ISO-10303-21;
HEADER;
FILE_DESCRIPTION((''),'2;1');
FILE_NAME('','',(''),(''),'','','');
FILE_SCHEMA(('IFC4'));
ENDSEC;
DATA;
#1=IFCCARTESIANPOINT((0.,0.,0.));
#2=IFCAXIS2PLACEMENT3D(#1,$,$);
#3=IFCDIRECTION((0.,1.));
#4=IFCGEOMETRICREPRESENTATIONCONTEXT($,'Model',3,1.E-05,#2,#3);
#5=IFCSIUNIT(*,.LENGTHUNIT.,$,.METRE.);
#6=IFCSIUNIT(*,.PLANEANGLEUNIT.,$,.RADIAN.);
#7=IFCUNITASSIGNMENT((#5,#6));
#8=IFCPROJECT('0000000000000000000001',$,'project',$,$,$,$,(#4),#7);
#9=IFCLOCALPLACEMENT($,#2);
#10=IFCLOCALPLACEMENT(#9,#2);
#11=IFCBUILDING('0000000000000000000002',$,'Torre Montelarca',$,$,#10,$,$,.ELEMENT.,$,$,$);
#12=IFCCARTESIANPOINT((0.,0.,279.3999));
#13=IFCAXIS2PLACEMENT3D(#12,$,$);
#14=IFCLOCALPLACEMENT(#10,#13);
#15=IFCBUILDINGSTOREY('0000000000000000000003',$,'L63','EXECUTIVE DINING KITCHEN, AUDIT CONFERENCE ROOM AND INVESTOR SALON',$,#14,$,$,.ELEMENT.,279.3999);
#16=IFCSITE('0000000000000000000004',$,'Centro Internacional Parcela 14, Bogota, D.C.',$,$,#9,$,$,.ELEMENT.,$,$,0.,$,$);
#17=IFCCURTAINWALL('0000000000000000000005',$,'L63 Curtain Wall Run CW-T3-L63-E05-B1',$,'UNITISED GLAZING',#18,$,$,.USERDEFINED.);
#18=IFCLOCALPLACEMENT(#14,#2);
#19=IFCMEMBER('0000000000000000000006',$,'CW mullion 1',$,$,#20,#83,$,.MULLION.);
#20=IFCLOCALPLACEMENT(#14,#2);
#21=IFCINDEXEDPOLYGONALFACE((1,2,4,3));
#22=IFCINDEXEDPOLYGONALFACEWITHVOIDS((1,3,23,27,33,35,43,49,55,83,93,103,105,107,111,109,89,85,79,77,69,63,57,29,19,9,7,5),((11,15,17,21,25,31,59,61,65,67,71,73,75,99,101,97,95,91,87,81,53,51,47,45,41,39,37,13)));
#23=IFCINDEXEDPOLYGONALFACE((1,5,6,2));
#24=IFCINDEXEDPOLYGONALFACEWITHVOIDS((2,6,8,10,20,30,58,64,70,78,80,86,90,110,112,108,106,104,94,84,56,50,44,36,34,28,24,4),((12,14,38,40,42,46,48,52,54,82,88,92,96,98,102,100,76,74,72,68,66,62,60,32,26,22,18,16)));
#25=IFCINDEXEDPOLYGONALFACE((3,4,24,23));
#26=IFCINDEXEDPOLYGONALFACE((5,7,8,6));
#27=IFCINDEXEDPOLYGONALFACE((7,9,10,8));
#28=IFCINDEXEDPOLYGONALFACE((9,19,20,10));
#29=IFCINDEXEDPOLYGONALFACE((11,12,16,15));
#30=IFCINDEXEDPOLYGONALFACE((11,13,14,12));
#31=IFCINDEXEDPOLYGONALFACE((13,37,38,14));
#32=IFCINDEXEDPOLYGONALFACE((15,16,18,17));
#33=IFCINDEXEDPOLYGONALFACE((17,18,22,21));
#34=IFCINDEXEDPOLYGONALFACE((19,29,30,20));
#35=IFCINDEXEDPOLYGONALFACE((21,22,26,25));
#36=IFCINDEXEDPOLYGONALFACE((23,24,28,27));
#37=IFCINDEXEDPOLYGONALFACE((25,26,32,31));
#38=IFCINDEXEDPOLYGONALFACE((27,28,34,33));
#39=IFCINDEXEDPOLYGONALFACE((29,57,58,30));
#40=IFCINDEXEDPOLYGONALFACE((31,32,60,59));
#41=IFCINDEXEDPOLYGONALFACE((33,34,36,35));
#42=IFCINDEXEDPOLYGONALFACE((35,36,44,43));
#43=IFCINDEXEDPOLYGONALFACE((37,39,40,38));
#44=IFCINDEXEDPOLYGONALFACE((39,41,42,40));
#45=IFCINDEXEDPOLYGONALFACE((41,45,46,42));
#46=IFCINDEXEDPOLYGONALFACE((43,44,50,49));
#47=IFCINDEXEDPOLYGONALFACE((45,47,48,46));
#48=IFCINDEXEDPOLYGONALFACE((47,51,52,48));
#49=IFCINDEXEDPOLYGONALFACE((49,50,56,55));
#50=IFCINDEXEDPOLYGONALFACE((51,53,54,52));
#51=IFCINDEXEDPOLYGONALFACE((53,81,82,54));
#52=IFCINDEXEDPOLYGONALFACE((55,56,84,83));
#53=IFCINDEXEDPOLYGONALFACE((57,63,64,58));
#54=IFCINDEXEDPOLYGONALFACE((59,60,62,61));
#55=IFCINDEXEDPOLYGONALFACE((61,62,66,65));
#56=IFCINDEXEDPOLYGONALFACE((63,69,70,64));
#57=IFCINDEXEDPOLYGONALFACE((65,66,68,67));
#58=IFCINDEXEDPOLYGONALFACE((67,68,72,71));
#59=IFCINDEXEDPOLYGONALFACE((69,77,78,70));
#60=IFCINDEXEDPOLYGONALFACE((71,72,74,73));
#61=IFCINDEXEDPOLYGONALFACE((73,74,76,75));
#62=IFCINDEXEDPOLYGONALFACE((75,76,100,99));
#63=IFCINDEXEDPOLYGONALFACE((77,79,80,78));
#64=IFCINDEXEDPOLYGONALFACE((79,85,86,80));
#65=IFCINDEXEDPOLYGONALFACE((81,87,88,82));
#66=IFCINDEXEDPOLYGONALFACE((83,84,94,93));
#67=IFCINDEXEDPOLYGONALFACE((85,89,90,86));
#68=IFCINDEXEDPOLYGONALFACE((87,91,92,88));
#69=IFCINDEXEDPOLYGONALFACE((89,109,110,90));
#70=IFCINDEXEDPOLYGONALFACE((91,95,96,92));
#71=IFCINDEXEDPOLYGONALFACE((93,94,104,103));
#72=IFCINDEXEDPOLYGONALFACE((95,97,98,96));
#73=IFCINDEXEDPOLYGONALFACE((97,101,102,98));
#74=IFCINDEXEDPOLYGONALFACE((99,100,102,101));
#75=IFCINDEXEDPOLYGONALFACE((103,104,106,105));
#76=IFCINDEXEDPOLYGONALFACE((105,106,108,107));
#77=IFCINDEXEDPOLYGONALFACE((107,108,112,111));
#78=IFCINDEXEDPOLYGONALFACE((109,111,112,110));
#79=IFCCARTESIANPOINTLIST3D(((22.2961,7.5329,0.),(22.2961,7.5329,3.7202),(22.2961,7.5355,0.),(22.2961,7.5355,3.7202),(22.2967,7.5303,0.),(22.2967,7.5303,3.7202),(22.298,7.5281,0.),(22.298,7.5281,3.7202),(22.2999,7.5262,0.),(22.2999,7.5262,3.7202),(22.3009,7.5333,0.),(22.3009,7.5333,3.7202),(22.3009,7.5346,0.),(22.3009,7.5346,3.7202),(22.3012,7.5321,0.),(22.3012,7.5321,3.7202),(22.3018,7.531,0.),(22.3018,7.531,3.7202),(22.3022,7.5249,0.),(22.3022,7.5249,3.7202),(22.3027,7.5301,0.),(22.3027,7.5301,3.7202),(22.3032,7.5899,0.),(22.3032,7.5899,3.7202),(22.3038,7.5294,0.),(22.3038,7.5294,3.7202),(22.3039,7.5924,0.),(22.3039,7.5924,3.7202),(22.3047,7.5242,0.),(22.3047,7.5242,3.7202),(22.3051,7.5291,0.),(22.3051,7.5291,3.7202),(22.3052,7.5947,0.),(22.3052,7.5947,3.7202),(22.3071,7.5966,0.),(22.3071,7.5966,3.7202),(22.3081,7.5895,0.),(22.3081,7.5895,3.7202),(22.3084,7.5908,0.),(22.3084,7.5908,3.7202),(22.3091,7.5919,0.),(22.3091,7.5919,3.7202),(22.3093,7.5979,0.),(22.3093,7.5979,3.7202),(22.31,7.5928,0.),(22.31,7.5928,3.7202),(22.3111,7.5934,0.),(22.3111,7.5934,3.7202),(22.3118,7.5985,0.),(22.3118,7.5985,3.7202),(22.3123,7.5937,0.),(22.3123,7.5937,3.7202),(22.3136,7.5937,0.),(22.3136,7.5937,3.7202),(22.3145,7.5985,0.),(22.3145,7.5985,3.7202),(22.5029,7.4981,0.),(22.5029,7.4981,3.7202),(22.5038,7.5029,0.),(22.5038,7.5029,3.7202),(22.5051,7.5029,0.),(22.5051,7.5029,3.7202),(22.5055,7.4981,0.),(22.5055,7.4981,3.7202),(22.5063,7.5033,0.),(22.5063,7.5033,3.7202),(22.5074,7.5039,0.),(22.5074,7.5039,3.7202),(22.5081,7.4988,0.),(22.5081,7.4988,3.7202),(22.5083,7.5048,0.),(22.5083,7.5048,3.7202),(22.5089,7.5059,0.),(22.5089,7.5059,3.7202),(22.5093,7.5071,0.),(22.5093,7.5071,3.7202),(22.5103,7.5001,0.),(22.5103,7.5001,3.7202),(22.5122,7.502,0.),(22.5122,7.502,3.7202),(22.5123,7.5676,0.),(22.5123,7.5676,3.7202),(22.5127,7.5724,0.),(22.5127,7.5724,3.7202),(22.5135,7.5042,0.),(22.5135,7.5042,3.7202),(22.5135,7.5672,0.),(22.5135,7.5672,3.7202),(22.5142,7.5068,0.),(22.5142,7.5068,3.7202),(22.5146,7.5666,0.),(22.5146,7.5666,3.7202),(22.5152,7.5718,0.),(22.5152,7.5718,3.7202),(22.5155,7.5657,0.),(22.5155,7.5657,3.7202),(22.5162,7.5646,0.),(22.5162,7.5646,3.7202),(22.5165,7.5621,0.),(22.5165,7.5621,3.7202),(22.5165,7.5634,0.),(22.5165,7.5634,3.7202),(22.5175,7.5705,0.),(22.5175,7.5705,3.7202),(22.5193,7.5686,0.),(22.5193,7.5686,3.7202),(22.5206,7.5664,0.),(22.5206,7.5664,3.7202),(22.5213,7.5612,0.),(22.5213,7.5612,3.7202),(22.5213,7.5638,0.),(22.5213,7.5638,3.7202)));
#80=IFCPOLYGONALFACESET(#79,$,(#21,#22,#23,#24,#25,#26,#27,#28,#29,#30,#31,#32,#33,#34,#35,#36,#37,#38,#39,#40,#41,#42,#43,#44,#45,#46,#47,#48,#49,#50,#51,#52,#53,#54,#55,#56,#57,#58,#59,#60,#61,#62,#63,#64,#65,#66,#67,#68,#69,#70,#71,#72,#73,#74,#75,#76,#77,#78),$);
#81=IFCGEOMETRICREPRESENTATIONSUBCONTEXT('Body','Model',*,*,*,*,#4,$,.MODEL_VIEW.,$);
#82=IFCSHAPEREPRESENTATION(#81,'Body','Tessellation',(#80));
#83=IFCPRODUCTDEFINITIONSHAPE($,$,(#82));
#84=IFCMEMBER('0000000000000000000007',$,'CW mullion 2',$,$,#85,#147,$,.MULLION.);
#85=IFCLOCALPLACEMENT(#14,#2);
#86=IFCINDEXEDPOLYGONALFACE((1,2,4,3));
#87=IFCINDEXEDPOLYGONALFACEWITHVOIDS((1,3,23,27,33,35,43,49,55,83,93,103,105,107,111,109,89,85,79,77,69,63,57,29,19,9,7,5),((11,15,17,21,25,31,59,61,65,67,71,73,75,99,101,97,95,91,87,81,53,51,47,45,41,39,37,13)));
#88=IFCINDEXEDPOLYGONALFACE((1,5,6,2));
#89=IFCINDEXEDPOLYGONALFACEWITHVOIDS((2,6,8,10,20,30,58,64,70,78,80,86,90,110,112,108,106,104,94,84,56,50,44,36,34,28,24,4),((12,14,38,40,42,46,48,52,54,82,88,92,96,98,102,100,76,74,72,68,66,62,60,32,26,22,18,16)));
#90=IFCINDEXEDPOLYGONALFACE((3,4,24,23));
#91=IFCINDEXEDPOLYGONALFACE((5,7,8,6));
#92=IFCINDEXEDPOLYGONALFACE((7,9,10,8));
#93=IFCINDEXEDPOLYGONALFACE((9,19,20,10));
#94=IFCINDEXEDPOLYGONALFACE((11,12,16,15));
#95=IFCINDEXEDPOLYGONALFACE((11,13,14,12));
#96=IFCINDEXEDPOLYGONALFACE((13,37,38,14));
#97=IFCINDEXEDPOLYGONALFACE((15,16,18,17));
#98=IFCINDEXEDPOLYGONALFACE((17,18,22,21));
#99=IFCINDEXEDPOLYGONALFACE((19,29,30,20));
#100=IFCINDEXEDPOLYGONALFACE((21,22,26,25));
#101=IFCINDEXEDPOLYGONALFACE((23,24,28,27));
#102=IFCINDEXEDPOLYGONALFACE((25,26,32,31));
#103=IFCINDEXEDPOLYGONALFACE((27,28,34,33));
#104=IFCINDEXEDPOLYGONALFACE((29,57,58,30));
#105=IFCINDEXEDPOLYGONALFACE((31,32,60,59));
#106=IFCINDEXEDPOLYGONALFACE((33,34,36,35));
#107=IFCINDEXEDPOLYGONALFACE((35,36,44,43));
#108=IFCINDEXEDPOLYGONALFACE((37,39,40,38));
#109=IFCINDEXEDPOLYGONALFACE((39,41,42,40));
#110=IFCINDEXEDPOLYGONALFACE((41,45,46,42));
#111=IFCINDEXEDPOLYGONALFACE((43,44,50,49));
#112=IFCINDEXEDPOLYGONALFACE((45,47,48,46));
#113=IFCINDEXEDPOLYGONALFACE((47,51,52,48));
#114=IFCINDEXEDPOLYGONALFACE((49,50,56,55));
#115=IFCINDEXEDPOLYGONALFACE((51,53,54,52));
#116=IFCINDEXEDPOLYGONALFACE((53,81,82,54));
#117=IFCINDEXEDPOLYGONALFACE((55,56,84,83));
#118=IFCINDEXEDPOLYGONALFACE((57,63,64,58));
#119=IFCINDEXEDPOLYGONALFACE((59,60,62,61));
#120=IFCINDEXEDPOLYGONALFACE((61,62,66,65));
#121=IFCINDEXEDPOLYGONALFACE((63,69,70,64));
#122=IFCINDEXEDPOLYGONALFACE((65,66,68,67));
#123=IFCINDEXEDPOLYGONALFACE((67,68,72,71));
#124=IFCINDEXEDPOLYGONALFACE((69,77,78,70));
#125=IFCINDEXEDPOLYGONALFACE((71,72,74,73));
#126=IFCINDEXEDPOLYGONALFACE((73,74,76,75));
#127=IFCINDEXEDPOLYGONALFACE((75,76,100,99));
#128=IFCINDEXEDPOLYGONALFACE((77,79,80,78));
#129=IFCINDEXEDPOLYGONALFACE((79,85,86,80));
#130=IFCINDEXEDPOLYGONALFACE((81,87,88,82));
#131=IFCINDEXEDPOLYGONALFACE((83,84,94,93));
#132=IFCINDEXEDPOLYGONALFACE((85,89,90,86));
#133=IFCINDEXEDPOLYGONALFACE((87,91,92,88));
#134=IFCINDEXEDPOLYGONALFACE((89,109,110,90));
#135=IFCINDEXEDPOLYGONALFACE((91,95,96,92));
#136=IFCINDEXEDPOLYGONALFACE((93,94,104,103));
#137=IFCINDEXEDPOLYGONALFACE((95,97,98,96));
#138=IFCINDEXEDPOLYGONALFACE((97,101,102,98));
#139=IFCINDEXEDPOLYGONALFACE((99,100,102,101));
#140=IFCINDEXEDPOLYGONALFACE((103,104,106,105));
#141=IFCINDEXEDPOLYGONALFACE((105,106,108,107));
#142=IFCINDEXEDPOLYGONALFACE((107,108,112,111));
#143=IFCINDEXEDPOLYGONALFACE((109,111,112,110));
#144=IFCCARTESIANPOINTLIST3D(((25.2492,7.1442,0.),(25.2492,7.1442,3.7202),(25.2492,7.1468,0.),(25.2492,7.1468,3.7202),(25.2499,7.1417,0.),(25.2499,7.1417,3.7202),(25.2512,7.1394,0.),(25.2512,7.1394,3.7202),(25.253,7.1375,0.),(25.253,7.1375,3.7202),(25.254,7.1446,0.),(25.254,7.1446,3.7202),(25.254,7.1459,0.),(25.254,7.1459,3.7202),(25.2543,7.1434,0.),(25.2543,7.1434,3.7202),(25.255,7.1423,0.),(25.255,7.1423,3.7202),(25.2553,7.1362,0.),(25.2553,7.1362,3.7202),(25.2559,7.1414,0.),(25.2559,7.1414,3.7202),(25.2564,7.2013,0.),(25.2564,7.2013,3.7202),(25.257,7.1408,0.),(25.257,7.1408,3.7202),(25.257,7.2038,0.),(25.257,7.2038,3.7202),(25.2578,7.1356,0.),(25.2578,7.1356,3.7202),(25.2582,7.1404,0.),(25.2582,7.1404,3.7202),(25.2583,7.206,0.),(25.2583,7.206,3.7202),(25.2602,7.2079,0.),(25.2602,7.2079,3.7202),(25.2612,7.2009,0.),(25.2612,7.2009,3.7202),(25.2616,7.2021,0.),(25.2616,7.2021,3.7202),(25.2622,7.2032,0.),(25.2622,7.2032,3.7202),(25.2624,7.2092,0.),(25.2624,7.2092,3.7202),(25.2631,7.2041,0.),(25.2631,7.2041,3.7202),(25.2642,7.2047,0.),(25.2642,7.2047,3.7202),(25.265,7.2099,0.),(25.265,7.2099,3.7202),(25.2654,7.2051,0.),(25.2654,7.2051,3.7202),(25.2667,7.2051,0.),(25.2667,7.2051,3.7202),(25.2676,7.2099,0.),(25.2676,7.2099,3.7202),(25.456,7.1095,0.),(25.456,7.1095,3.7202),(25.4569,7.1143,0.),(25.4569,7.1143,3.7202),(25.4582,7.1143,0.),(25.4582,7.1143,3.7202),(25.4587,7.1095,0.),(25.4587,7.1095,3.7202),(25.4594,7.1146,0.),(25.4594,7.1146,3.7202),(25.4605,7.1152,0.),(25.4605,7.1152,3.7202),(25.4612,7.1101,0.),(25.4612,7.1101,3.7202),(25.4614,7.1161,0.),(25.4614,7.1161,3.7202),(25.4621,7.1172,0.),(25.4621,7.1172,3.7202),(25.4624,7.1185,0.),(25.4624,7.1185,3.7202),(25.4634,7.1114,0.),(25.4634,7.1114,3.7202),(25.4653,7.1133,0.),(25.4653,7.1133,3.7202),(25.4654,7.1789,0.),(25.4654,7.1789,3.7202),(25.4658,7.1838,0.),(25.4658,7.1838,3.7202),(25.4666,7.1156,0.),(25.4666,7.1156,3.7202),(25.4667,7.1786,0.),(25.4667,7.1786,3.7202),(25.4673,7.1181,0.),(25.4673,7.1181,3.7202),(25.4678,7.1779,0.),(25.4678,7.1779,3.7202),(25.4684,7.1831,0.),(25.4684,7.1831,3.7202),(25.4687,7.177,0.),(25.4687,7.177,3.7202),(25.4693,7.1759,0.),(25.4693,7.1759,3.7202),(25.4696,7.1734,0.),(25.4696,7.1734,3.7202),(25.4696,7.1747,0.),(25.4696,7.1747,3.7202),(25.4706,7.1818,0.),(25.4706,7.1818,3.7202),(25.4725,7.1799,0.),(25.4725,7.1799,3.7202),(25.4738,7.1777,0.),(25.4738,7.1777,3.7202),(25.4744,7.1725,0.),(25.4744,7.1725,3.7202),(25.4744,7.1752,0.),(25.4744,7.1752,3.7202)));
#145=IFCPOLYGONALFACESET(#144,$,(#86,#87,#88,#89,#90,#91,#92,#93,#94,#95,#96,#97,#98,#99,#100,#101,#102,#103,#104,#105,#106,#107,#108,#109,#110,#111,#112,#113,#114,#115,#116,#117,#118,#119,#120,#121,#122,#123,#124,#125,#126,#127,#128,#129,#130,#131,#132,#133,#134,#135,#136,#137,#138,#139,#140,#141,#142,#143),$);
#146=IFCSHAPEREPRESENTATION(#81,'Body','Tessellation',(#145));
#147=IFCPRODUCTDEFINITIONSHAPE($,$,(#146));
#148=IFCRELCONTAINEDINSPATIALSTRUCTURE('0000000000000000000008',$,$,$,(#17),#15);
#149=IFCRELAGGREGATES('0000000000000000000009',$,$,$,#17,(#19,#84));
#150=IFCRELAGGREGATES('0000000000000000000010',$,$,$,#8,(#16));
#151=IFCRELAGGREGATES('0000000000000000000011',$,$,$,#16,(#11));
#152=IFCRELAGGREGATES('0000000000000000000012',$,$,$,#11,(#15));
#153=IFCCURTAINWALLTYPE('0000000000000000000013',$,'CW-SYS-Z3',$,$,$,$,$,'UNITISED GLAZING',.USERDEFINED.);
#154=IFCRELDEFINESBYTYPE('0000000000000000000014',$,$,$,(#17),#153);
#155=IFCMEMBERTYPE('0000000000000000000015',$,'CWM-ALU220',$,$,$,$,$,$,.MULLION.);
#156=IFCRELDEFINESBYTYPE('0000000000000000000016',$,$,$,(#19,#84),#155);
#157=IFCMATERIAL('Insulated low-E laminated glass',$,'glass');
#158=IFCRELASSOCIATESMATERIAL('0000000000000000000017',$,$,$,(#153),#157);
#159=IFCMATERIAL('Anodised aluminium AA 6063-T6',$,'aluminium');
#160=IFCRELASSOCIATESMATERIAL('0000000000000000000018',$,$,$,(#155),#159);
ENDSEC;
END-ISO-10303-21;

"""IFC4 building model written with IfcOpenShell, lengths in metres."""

from ifc_helpers import new_model, si_unit, direction, frame, origin, origin_2d, place, context, subcontext, project, spatial, hollow_rectangle, extrude, source, transform, mapped, material, material_profile, profile_set, type_object, element, aggregate, save


model = new_model("IFC4")

# Units and contexts
model_context = context("Model", 3, precision=1e-05, world=origin(), true_north=direction((0.0, 1.0)))
body_context = subcontext(model_context, "Body", "Model", "MODEL_VIEW")
ifc_project = project(units=[si_unit("LENGTHUNIT", "METRE"), si_unit("PLANEANGLEUNIT", "RADIAN")], contexts=[model_context])

# Site, building, storey
site_placement = place(None, origin())
site = spatial("IfcSite", under=ifc_project, at=site_placement, Name="Centro Internacional Parcela 14, Bogota, D.C.", CompositionType="ELEMENT", RefElevation=0.0)
building_placement = place(site_placement, origin())
building = spatial("IfcBuilding", under=site, at=building_placement, Name="Torre Montelarca", CompositionType="ELEMENT")
storey_placement = place(building_placement, frame((0.0, 0.0, 279.3999)))
storey = spatial("IfcBuildingStorey", under=building, at=storey_placement, Name="L63", Description="EXECUTIVE DINING KITCHEN, AUDIT CONFERENCE ROOM AND INVESTOR SALON", CompositionType="ELEMENT", Elevation=279.3999)

# Shared definitions
ifc_material_1 = material(Name="Insulated low-E laminated glass", Category="glass")
curtain_wall_type = type_object("IfcCurtainWallType", Name="CW-SYS-Z3", ElementType="UNITISED GLAZING", PredefinedType="USERDEFINED", material=ifc_material_1)
ifc_material_2 = material(Name="Anodised aluminium AA 6063-T6", Category="aluminium")
ifc_material_profile_1 = material_profile(ifc_material_2, hollow_rectangle(XDim=0.075, YDim=0.22, WallThickness=0.0049, InnerFilletRadius=0.0049, OuterFilletRadius=0.01, at=origin_2d()), Name="ALU75X220X5", Category="aluminium")
ifc_profile_set_1 = profile_set([ifc_material_profile_1], Name="Anodised aluminium AA 6063-T6")
member_type_1 = type_object("IfcMemberType", Name="CWM-ALU220", PredefinedType="MULLION", material=ifc_profile_set_1)
shared_shape_1 = source(origin(), body_context, "Body", "SweptSolid", [
    extrude(hollow_rectangle(XDim=0.075, YDim=0.22, WallThickness=0.0049, InnerFilletRadius=0.0049, OuterFilletRadius=0.01, at=origin_2d()), origin(), (0.0, 0.0, 1.0), 3.7202),
])

# Curtain wall, members
curtain_wall_1_placement = place(storey_placement, origin())
curtain_wall_1 = element("IfcCurtainWall", 1, at=curtain_wall_1_placement, inside=storey, type_object=curtain_wall_type, Name="L63 Curtain Wall Run CW-T3-L63-E05-B1", ObjectType="UNITISED GLAZING", PredefinedType="USERDEFINED")
member_1_placement = place(storey_placement, frame((22.4087, 7.5483, 0.0), z_axis=(0.0, 0.0, 1.0), x_axis=(0.130514, 0.991446, 0.0)))
member_1 = element("IfcMember", 2, at=member_1_placement, type_object=member_type_1, Name="CW mullion 1", PredefinedType="MULLION", context=body_context, shape_type="MappedRepresentation", body=[
    mapped(shared_shape_1, transform((0.0, 0.0, 0.0), scale=1.0)),
])
member_2_placement = place(storey_placement, frame((25.3618, 7.1597, 0.0), z_axis=(0.0, 0.0, 1.0), x_axis=(0.130514, 0.991446, 0.0)))
member_2 = element("IfcMember", 3, at=member_2_placement, type_object=member_type_1, Name="CW mullion 2", PredefinedType="MULLION", context=body_context, shape_type="MappedRepresentation", body=[
    mapped(shared_shape_1, transform((0.0, 0.0, 0.0), scale=1.0)),
])

aggregate(curtain_wall_1, [member_1, member_2])

save(model, "model.ifc")
